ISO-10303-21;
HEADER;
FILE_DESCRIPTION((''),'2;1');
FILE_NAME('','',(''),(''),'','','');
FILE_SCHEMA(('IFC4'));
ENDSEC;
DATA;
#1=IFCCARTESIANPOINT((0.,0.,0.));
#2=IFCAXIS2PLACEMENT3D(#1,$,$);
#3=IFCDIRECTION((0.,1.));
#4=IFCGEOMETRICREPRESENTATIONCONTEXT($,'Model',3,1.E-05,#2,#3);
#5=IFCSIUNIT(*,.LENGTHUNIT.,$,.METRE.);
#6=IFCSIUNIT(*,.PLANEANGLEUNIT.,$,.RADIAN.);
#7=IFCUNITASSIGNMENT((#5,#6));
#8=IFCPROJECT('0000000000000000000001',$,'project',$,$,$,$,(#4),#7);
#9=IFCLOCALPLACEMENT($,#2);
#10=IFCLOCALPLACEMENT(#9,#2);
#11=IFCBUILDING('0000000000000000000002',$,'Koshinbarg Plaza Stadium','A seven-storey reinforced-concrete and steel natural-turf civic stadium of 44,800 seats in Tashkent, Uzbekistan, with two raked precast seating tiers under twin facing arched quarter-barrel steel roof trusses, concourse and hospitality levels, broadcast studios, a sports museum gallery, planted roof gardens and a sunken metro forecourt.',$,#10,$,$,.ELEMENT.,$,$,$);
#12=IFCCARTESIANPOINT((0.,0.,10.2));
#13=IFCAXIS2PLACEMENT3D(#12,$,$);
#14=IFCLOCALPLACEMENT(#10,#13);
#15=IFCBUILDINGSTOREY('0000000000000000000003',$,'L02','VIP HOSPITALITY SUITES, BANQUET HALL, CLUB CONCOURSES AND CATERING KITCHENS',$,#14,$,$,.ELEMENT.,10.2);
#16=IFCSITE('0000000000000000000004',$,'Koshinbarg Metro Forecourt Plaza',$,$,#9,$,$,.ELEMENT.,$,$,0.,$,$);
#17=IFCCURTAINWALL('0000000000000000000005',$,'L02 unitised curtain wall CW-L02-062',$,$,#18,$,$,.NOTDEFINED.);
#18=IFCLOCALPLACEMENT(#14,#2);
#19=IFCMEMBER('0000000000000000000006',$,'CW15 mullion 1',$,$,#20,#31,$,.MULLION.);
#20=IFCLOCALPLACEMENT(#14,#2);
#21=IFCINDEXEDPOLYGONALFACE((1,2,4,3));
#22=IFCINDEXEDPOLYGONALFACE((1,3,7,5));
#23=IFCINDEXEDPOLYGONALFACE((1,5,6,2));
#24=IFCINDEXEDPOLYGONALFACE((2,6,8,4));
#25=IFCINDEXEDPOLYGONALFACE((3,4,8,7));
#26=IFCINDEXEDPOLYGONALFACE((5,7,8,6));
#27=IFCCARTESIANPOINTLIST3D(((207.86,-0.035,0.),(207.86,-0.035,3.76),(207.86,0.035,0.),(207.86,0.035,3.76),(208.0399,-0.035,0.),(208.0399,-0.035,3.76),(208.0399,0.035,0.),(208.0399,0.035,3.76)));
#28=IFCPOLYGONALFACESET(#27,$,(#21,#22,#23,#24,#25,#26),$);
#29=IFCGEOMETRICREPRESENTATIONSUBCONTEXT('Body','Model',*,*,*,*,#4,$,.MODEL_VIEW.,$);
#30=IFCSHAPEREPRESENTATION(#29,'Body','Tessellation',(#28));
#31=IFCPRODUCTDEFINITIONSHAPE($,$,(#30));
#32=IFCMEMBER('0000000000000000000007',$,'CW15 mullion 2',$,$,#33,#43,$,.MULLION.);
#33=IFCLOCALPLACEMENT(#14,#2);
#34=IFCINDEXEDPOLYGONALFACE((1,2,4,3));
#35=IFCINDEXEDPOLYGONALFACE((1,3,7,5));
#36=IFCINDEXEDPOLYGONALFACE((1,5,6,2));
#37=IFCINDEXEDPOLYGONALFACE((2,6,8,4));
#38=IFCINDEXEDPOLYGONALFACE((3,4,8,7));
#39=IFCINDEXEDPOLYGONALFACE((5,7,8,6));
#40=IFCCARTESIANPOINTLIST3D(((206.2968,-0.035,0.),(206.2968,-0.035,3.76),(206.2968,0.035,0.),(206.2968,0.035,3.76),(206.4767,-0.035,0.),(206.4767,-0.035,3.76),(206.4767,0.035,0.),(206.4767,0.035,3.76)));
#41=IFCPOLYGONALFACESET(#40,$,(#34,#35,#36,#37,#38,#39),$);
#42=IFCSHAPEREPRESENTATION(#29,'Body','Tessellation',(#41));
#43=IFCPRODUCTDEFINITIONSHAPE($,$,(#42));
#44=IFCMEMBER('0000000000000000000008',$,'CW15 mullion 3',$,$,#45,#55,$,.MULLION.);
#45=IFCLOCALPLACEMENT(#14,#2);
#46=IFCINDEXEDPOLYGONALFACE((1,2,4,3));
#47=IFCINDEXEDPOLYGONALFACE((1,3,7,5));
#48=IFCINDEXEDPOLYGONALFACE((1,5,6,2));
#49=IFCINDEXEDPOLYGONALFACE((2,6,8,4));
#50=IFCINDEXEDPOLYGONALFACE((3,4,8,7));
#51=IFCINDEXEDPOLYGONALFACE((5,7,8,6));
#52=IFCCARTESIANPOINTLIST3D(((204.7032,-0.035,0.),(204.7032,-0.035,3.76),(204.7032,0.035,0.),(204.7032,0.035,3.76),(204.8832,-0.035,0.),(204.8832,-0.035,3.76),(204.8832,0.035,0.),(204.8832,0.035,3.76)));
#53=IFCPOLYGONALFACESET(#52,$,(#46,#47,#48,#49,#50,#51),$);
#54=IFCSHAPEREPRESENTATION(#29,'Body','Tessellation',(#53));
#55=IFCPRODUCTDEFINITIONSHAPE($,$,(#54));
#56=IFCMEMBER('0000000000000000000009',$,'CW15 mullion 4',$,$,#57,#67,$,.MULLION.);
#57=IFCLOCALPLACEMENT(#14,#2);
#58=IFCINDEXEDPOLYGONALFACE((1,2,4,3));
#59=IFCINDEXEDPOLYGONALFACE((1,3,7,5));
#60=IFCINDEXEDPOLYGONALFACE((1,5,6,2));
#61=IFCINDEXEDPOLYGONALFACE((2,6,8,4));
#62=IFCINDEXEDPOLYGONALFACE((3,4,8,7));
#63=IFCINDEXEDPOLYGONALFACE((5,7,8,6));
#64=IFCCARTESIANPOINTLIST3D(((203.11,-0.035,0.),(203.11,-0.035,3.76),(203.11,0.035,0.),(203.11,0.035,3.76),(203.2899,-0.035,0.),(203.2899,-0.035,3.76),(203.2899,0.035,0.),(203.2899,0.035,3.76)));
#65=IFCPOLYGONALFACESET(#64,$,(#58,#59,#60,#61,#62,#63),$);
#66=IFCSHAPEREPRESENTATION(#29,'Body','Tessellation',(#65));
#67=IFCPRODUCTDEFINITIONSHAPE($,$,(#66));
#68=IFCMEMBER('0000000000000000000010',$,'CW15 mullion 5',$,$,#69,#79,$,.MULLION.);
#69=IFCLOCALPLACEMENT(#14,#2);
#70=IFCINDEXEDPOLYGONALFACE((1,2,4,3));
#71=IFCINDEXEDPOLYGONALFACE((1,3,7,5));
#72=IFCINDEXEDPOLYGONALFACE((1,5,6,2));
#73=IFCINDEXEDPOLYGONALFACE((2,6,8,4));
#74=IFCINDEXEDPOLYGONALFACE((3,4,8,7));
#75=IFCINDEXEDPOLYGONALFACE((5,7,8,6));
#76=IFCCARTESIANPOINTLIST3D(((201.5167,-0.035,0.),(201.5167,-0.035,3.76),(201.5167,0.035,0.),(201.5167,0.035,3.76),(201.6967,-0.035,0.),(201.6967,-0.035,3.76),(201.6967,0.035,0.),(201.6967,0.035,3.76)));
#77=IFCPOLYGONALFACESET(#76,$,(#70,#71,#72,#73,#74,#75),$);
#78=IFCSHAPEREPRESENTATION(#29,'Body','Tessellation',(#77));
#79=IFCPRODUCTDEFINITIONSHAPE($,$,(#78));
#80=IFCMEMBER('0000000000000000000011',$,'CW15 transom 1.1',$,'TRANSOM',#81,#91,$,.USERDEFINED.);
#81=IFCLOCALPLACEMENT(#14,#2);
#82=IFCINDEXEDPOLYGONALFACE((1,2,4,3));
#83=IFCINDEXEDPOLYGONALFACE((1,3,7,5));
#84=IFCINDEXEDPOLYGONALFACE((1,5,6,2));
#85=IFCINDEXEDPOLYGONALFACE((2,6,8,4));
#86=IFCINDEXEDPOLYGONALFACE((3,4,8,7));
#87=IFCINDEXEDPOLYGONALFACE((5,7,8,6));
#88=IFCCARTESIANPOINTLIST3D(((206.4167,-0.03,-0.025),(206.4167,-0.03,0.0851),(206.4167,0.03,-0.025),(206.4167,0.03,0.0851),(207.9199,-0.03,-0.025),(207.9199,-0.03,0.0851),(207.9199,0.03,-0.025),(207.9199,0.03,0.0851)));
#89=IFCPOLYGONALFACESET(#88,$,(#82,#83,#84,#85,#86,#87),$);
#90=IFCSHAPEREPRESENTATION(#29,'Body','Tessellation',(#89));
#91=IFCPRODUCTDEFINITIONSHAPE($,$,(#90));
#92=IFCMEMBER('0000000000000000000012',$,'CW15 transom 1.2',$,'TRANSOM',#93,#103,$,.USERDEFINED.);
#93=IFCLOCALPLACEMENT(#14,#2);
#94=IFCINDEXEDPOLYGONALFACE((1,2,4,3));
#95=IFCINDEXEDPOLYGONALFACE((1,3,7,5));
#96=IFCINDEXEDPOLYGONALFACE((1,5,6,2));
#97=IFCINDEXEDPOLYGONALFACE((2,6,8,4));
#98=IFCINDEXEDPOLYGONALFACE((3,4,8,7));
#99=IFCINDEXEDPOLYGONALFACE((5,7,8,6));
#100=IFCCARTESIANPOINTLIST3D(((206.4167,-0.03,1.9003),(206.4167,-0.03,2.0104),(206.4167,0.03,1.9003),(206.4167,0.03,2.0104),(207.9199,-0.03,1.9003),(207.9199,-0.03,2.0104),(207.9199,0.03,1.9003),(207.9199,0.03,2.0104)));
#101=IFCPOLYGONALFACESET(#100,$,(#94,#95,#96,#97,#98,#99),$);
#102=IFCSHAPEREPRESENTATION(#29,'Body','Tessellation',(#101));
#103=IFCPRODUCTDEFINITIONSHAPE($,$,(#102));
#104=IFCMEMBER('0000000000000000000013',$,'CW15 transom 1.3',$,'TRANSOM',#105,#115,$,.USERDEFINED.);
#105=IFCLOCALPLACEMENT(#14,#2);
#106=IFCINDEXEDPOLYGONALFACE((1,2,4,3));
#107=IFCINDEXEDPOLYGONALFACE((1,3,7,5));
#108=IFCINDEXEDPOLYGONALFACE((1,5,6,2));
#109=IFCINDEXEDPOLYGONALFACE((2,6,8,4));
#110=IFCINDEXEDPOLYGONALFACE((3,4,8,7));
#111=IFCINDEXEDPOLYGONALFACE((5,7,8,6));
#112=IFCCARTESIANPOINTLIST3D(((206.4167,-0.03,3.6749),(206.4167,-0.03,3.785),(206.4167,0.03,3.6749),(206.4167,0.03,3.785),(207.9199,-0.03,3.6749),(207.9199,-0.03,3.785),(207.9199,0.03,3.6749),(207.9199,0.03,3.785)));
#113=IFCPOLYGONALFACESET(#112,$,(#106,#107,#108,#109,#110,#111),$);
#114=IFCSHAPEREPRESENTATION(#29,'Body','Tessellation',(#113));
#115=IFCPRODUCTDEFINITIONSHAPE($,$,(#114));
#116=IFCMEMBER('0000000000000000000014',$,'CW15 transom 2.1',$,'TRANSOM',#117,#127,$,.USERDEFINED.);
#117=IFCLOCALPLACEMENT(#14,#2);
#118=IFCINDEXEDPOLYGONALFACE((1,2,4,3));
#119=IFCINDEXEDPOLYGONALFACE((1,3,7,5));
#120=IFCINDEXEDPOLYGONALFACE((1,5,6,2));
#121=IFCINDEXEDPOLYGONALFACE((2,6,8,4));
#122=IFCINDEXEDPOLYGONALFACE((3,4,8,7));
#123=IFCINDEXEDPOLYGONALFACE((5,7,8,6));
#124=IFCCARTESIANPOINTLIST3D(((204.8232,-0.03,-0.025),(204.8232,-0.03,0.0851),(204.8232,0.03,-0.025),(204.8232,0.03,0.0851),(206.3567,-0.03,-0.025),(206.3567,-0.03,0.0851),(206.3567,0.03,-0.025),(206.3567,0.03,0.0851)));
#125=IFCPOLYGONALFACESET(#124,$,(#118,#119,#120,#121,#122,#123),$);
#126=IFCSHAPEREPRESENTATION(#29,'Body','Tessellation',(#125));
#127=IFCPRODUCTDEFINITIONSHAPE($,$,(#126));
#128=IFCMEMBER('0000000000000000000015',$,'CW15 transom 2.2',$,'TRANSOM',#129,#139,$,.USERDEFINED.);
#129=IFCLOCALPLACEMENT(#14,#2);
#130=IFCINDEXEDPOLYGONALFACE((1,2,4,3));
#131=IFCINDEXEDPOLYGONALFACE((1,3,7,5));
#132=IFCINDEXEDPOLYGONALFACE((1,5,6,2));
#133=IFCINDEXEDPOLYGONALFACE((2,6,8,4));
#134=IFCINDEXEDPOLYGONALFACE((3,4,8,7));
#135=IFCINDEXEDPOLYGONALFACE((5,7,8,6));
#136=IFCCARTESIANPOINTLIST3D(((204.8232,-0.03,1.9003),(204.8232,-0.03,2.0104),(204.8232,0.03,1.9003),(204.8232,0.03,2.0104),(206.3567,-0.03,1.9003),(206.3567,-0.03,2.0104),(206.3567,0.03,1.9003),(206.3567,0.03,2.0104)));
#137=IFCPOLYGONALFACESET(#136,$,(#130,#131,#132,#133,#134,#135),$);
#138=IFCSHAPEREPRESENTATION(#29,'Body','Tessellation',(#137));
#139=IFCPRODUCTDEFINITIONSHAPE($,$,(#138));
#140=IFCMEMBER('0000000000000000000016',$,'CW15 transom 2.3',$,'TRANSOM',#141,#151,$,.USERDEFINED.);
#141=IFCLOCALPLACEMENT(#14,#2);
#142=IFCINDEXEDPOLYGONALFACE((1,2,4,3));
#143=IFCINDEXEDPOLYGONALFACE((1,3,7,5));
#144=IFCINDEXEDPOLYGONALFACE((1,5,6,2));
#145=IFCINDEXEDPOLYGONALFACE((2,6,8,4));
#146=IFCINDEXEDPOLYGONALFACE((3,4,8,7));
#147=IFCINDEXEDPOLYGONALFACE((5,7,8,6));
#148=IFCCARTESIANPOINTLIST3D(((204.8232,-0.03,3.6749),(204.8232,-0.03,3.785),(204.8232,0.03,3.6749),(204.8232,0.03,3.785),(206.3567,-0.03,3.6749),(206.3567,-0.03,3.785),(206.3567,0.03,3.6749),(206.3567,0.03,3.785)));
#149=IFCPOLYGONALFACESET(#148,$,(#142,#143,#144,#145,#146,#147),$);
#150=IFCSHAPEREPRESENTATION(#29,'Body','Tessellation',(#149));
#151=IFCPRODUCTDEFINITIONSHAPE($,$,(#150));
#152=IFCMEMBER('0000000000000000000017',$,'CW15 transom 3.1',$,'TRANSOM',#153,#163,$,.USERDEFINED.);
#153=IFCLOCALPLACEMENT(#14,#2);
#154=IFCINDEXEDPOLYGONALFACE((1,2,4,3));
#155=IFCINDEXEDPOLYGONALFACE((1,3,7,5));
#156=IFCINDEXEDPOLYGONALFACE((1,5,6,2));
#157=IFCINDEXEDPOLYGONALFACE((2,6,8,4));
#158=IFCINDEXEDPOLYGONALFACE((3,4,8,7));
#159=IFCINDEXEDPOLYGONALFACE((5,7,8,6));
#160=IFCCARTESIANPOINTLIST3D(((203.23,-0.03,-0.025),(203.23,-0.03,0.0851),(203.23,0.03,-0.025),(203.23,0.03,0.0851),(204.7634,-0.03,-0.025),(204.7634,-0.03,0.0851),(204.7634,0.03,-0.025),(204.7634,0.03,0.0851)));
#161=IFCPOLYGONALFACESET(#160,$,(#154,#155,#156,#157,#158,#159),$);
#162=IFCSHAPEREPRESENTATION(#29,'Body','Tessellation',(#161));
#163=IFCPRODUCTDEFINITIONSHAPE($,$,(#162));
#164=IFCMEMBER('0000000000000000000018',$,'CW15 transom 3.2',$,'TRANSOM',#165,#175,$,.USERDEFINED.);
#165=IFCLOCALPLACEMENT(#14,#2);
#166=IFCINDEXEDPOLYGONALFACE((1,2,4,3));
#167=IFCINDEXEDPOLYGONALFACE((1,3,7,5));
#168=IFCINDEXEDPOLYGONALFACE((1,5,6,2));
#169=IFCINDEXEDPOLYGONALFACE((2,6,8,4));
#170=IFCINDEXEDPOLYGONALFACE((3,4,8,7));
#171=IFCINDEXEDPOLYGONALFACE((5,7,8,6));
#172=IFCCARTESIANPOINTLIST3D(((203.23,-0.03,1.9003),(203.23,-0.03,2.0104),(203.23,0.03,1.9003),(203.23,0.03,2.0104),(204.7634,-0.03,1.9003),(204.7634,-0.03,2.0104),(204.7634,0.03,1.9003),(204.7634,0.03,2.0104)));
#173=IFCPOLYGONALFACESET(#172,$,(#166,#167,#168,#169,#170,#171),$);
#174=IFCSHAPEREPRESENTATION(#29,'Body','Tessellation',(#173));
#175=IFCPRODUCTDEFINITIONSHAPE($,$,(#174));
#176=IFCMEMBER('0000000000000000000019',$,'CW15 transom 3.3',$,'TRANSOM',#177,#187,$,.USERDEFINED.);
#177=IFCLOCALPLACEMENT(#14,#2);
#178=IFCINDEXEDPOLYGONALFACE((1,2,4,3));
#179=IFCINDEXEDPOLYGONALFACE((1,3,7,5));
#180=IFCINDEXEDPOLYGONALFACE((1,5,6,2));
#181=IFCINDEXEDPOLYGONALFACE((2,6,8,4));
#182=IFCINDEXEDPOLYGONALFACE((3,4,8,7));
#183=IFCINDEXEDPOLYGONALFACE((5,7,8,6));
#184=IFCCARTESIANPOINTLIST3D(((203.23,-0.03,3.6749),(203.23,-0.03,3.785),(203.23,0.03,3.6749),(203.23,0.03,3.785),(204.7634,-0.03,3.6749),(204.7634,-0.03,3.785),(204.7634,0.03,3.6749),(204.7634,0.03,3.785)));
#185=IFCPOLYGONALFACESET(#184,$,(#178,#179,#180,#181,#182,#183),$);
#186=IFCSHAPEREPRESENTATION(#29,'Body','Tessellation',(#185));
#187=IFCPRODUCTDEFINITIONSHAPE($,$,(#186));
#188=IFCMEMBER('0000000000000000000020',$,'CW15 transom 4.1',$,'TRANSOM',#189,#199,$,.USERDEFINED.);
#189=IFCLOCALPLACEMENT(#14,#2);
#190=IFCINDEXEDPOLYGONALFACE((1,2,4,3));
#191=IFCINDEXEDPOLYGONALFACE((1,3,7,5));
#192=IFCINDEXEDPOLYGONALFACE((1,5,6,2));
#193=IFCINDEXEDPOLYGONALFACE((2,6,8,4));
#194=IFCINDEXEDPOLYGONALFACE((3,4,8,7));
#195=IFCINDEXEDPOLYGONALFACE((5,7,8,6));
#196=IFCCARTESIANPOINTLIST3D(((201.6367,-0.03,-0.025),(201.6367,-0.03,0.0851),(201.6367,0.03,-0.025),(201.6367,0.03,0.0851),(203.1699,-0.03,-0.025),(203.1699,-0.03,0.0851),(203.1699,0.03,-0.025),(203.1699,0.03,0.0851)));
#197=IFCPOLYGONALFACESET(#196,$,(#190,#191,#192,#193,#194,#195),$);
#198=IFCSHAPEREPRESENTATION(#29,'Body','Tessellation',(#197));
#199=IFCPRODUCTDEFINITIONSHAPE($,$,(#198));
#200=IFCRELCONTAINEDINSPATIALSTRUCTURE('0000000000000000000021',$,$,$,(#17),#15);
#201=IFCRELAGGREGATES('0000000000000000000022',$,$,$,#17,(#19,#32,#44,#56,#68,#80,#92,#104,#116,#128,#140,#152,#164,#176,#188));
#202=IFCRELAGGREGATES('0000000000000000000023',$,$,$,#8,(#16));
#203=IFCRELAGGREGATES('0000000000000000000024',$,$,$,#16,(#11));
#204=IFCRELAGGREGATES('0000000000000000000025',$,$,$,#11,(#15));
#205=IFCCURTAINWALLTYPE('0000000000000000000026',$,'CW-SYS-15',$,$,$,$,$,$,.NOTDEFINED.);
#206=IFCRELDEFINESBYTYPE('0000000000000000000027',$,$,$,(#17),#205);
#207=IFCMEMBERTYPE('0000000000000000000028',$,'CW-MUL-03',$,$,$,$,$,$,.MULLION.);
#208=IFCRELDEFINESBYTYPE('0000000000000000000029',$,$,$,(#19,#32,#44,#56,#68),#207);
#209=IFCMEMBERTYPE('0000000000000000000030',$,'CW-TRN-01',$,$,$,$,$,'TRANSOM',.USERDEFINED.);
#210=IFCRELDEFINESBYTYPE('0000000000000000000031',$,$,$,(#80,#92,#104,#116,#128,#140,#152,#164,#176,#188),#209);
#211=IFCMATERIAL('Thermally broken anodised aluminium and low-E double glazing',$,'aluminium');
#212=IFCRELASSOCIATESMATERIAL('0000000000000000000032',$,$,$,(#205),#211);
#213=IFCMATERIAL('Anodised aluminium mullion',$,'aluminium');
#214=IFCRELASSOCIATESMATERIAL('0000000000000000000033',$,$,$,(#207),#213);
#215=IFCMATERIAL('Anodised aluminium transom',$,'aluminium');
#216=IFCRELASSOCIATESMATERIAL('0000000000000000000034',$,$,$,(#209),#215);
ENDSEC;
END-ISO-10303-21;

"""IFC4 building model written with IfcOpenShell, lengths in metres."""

from ifc_helpers import new_model, si_unit, direction, frame, origin, origin_2d, place, context, subcontext, project, spatial, rectangle, extrude, material, material_profile, profile_set, type_object, element, aggregate, save


model = new_model("IFC4")

# Units and contexts
model_context = context("Model", 3, precision=1e-05, world=origin(), true_north=direction((0.0, 1.0)))
body_context = subcontext(model_context, "Body", "Model", "MODEL_VIEW")
ifc_project = project(units=[si_unit("LENGTHUNIT", "METRE"), si_unit("PLANEANGLEUNIT", "RADIAN")], contexts=[model_context])

# Site, building, storey
site_placement = place(None, origin())
site = spatial("IfcSite", under=ifc_project, at=site_placement, Name="Koshinbarg Metro Forecourt Plaza", CompositionType="ELEMENT", RefElevation=0.0)
building_placement = place(site_placement, origin())
building = spatial("IfcBuilding", under=site, at=building_placement, Name="Koshinbarg Plaza Stadium", Description="A seven-storey reinforced-concrete and steel natural-turf civic stadium of 44,800 seats in Tashkent, Uzbekistan, with two raked precast seating tiers under twin facing arched quarter-barrel steel roof trusses, concourse and hospitality levels, broadcast studios, a sports museum gallery, planted roof gardens and a sunken metro forecourt.", CompositionType="ELEMENT")
storey_placement = place(building_placement, frame((0.0, 0.0, 10.2)))
storey = spatial("IfcBuildingStorey", under=building, at=storey_placement, Name="L02", Description="VIP HOSPITALITY SUITES, BANQUET HALL, CLUB CONCOURSES AND CATERING KITCHENS", CompositionType="ELEMENT", Elevation=10.2)

# Curtain wall, members
ifc_material_1 = material(Name="Thermally broken anodised aluminium and low-E double glazing", Category="aluminium")
curtain_wall_type = type_object("IfcCurtainWallType", Name="CW-SYS-15", PredefinedType="NOTDEFINED", material=ifc_material_1)
curtain_wall_placement = place(storey_placement, origin())
curtain_wall = element("IfcCurtainWall", 1, at=curtain_wall_placement, inside=storey, type_object=curtain_wall_type, Name="L02 unitised curtain wall CW-L02-062", PredefinedType="NOTDEFINED")
ifc_material_2 = material(Name="Anodised aluminium mullion", Category="aluminium")
ifc_material_profile_1 = material_profile(ifc_material_2, rectangle(XDim=0.0701, YDim=0.1799, at=origin_2d()), Name="ALU 70x180")
ifc_profile_set_1 = profile_set([ifc_material_profile_1], Name="Anodised aluminium mullion")
member_type_1 = type_object("IfcMemberType", Name="CW-MUL-03", PredefinedType="MULLION", material=ifc_profile_set_1)
member_1_placement = place(storey_placement, frame((207.95, 0.0, 0.0), z_axis=(0.0, 0.0, 1.0), x_axis=(0.0, -1.0, 0.0)))
member_1 = element("IfcMember", 2, at=member_1_placement, type_object=member_type_1, Name="CW15 mullion 1", PredefinedType="MULLION", context=body_context, shape_type="SweptSolid", body=[
    extrude(rectangle(XDim=0.0701, YDim=0.1799, at=origin_2d()), origin(), (0.0, 0.0, 1.0), 3.76),
])
member_2_placement = place(storey_placement, frame((206.3867, 0.0, 0.0), z_axis=(0.0, 0.0, 1.0), x_axis=(0.0, -1.0, 0.0)))
member_2 = element("IfcMember", 3, at=member_2_placement, type_object=member_type_1, Name="CW15 mullion 2", PredefinedType="MULLION", context=body_context, shape_type="SweptSolid", body=[
    extrude(rectangle(XDim=0.0701, YDim=0.1799, at=origin_2d()), origin(), (0.0, 0.0, 1.0), 3.76),
])
member_3_placement = place(storey_placement, frame((204.7932, 0.0, 0.0), z_axis=(0.0, 0.0, 1.0), x_axis=(0.0, -1.0, 0.0)))
member_3 = element("IfcMember", 4, at=member_3_placement, type_object=member_type_1, Name="CW15 mullion 3", PredefinedType="MULLION", context=body_context, shape_type="SweptSolid", body=[
    extrude(rectangle(XDim=0.0701, YDim=0.1799, at=origin_2d()), origin(), (0.0, 0.0, 1.0), 3.76),
])
member_4_placement = place(storey_placement, frame((203.2, 0.0, 0.0), z_axis=(0.0, 0.0, 1.0), x_axis=(0.0, -1.0, 0.0)))
member_4 = element("IfcMember", 5, at=member_4_placement, type_object=member_type_1, Name="CW15 mullion 4", PredefinedType="MULLION", context=body_context, shape_type="SweptSolid", body=[
    extrude(rectangle(XDim=0.0701, YDim=0.1799, at=origin_2d()), origin(), (0.0, 0.0, 1.0), 3.76),
])
member_5_placement = place(storey_placement, frame((201.6067, 0.0, 0.0), z_axis=(0.0, 0.0, 1.0), x_axis=(0.0, -1.0, 0.0)))
member_5 = element("IfcMember", 6, at=member_5_placement, type_object=member_type_1, Name="CW15 mullion 5", PredefinedType="MULLION", context=body_context, shape_type="SweptSolid", body=[
    extrude(rectangle(XDim=0.0701, YDim=0.1799, at=origin_2d()), origin(), (0.0, 0.0, 1.0), 3.76),
])
ifc_material_3 = material(Name="Anodised aluminium transom", Category="aluminium")
ifc_material_profile_2 = material_profile(ifc_material_3, rectangle(XDim=0.0601, YDim=0.1101, at=origin_2d()), Name="ALU 60x110")
ifc_profile_set_2 = profile_set([ifc_material_profile_2], Name="Anodised aluminium transom")
member_type_2 = type_object("IfcMemberType", Name="CW-TRN-01", ElementType="TRANSOM", PredefinedType="USERDEFINED", material=ifc_profile_set_2)
member_6_placement = place(storey_placement, frame((207.9199, 0.0, 0.03), z_axis=(-1.0, 0.0, 0.0), x_axis=(0.0, -1.0, 0.0)))
member_6 = element("IfcMember", 7, at=member_6_placement, type_object=member_type_2, Name="CW15 transom 1.1", ObjectType="TRANSOM", PredefinedType="USERDEFINED", context=body_context, shape_type="SweptSolid", body=[
    extrude(rectangle(XDim=0.0601, YDim=0.1101, at=origin_2d()), origin(), (0.0, 0.0, 1.0), 1.5032),
])
member_7_placement = place(storey_placement, frame((207.9199, 0.0, 1.9553), z_axis=(-1.0, 0.0, 0.0), x_axis=(0.0, -1.0, 0.0)))
member_7 = element("IfcMember", 8, at=member_7_placement, type_object=member_type_2, Name="CW15 transom 1.2", ObjectType="TRANSOM", PredefinedType="USERDEFINED", context=body_context, shape_type="SweptSolid", body=[
    extrude(rectangle(XDim=0.0601, YDim=0.1101, at=origin_2d()), origin(), (0.0, 0.0, 1.0), 1.5032),
])
member_8_placement = place(storey_placement, frame((207.9199, 0.0, 3.73), z_axis=(-1.0, 0.0, 0.0), x_axis=(0.0, -1.0, 0.0)))
member_8 = element("IfcMember", 9, at=member_8_placement, type_object=member_type_2, Name="CW15 transom 1.3", ObjectType="TRANSOM", PredefinedType="USERDEFINED", context=body_context, shape_type="SweptSolid", body=[
    extrude(rectangle(XDim=0.0601, YDim=0.1101, at=origin_2d()), origin(), (0.0, 0.0, 1.0), 1.5032),
])
member_9_placement = place(storey_placement, frame((206.3567, 0.0, 0.03), z_axis=(-1.0, 0.0, 0.0), x_axis=(0.0, -1.0, 0.0)))
member_9 = element("IfcMember", 10, at=member_9_placement, type_object=member_type_2, Name="CW15 transom 2.1", ObjectType="TRANSOM", PredefinedType="USERDEFINED", context=body_context, shape_type="SweptSolid", body=[
    extrude(rectangle(XDim=0.0601, YDim=0.1101, at=origin_2d()), origin(), (0.0, 0.0, 1.0), 1.5334),
])
member_10_placement = place(storey_placement, frame((206.3567, 0.0, 1.9553), z_axis=(-1.0, 0.0, 0.0), x_axis=(0.0, -1.0, 0.0)))
member_10 = element("IfcMember", 11, at=member_10_placement, type_object=member_type_2, Name="CW15 transom 2.2", ObjectType="TRANSOM", PredefinedType="USERDEFINED", context=body_context, shape_type="SweptSolid", body=[
    extrude(rectangle(XDim=0.0601, YDim=0.1101, at=origin_2d()), origin(), (0.0, 0.0, 1.0), 1.5334),
])
member_11_placement = place(storey_placement, frame((206.3567, 0.0, 3.73), z_axis=(-1.0, 0.0, 0.0), x_axis=(0.0, -1.0, 0.0)))
member_11 = element("IfcMember", 12, at=member_11_placement, type_object=member_type_2, Name="CW15 transom 2.3", ObjectType="TRANSOM", PredefinedType="USERDEFINED", context=body_context, shape_type="SweptSolid", body=[
    extrude(rectangle(XDim=0.0601, YDim=0.1101, at=origin_2d()), origin(), (0.0, 0.0, 1.0), 1.5334),
])
member_12_placement = place(storey_placement, frame((204.7634, 0.0, 0.03), z_axis=(-1.0, 0.0, 0.0), x_axis=(0.0, -1.0, 0.0)))
member_12 = element("IfcMember", 13, at=member_12_placement, type_object=member_type_2, Name="CW15 transom 3.1", ObjectType="TRANSOM", PredefinedType="USERDEFINED", context=body_context, shape_type="SweptSolid", body=[
    extrude(rectangle(XDim=0.0601, YDim=0.1101, at=origin_2d()), origin(), (0.0, 0.0, 1.0), 1.5334),
])
member_13_placement = place(storey_placement, frame((204.7634, 0.0, 1.9553), z_axis=(-1.0, 0.0, 0.0), x_axis=(0.0, -1.0, 0.0)))
member_13 = element("IfcMember", 14, at=member_13_placement, type_object=member_type_2, Name="CW15 transom 3.2", ObjectType="TRANSOM", PredefinedType="USERDEFINED", context=body_context, shape_type="SweptSolid", body=[
    extrude(rectangle(XDim=0.0601, YDim=0.1101, at=origin_2d()), origin(), (0.0, 0.0, 1.0), 1.5334),
])
member_14_placement = place(storey_placement, frame((204.7634, 0.0, 3.73), z_axis=(-1.0, 0.0, 0.0), x_axis=(0.0, -1.0, 0.0)))
member_14 = element("IfcMember", 15, at=member_14_placement, type_object=member_type_2, Name="CW15 transom 3.3", ObjectType="TRANSOM", PredefinedType="USERDEFINED", context=body_context, shape_type="SweptSolid", body=[
    extrude(rectangle(XDim=0.0601, YDim=0.1101, at=origin_2d()), origin(), (0.0, 0.0, 1.0), 1.5334),
])
member_15_placement = place(storey_placement, frame((203.1699, 0.0, 0.03), z_axis=(-1.0, 0.0, 0.0), x_axis=(0.0, -1.0, 0.0)))
member_15 = element("IfcMember", 16, at=member_15_placement, type_object=member_type_2, Name="CW15 transom 4.1", ObjectType="TRANSOM", PredefinedType="USERDEFINED", context=body_context, shape_type="SweptSolid", body=[
    extrude(rectangle(XDim=0.0601, YDim=0.1101, at=origin_2d()), origin(), (0.0, 0.0, 1.0), 1.5332),
])
aggregate(curtain_wall, [member_1, member_2, member_3, member_4, member_5, member_6, member_7, member_8, member_9, member_10, member_11, member_12, member_13, member_14, member_15])

save(model, "model.ifc")
